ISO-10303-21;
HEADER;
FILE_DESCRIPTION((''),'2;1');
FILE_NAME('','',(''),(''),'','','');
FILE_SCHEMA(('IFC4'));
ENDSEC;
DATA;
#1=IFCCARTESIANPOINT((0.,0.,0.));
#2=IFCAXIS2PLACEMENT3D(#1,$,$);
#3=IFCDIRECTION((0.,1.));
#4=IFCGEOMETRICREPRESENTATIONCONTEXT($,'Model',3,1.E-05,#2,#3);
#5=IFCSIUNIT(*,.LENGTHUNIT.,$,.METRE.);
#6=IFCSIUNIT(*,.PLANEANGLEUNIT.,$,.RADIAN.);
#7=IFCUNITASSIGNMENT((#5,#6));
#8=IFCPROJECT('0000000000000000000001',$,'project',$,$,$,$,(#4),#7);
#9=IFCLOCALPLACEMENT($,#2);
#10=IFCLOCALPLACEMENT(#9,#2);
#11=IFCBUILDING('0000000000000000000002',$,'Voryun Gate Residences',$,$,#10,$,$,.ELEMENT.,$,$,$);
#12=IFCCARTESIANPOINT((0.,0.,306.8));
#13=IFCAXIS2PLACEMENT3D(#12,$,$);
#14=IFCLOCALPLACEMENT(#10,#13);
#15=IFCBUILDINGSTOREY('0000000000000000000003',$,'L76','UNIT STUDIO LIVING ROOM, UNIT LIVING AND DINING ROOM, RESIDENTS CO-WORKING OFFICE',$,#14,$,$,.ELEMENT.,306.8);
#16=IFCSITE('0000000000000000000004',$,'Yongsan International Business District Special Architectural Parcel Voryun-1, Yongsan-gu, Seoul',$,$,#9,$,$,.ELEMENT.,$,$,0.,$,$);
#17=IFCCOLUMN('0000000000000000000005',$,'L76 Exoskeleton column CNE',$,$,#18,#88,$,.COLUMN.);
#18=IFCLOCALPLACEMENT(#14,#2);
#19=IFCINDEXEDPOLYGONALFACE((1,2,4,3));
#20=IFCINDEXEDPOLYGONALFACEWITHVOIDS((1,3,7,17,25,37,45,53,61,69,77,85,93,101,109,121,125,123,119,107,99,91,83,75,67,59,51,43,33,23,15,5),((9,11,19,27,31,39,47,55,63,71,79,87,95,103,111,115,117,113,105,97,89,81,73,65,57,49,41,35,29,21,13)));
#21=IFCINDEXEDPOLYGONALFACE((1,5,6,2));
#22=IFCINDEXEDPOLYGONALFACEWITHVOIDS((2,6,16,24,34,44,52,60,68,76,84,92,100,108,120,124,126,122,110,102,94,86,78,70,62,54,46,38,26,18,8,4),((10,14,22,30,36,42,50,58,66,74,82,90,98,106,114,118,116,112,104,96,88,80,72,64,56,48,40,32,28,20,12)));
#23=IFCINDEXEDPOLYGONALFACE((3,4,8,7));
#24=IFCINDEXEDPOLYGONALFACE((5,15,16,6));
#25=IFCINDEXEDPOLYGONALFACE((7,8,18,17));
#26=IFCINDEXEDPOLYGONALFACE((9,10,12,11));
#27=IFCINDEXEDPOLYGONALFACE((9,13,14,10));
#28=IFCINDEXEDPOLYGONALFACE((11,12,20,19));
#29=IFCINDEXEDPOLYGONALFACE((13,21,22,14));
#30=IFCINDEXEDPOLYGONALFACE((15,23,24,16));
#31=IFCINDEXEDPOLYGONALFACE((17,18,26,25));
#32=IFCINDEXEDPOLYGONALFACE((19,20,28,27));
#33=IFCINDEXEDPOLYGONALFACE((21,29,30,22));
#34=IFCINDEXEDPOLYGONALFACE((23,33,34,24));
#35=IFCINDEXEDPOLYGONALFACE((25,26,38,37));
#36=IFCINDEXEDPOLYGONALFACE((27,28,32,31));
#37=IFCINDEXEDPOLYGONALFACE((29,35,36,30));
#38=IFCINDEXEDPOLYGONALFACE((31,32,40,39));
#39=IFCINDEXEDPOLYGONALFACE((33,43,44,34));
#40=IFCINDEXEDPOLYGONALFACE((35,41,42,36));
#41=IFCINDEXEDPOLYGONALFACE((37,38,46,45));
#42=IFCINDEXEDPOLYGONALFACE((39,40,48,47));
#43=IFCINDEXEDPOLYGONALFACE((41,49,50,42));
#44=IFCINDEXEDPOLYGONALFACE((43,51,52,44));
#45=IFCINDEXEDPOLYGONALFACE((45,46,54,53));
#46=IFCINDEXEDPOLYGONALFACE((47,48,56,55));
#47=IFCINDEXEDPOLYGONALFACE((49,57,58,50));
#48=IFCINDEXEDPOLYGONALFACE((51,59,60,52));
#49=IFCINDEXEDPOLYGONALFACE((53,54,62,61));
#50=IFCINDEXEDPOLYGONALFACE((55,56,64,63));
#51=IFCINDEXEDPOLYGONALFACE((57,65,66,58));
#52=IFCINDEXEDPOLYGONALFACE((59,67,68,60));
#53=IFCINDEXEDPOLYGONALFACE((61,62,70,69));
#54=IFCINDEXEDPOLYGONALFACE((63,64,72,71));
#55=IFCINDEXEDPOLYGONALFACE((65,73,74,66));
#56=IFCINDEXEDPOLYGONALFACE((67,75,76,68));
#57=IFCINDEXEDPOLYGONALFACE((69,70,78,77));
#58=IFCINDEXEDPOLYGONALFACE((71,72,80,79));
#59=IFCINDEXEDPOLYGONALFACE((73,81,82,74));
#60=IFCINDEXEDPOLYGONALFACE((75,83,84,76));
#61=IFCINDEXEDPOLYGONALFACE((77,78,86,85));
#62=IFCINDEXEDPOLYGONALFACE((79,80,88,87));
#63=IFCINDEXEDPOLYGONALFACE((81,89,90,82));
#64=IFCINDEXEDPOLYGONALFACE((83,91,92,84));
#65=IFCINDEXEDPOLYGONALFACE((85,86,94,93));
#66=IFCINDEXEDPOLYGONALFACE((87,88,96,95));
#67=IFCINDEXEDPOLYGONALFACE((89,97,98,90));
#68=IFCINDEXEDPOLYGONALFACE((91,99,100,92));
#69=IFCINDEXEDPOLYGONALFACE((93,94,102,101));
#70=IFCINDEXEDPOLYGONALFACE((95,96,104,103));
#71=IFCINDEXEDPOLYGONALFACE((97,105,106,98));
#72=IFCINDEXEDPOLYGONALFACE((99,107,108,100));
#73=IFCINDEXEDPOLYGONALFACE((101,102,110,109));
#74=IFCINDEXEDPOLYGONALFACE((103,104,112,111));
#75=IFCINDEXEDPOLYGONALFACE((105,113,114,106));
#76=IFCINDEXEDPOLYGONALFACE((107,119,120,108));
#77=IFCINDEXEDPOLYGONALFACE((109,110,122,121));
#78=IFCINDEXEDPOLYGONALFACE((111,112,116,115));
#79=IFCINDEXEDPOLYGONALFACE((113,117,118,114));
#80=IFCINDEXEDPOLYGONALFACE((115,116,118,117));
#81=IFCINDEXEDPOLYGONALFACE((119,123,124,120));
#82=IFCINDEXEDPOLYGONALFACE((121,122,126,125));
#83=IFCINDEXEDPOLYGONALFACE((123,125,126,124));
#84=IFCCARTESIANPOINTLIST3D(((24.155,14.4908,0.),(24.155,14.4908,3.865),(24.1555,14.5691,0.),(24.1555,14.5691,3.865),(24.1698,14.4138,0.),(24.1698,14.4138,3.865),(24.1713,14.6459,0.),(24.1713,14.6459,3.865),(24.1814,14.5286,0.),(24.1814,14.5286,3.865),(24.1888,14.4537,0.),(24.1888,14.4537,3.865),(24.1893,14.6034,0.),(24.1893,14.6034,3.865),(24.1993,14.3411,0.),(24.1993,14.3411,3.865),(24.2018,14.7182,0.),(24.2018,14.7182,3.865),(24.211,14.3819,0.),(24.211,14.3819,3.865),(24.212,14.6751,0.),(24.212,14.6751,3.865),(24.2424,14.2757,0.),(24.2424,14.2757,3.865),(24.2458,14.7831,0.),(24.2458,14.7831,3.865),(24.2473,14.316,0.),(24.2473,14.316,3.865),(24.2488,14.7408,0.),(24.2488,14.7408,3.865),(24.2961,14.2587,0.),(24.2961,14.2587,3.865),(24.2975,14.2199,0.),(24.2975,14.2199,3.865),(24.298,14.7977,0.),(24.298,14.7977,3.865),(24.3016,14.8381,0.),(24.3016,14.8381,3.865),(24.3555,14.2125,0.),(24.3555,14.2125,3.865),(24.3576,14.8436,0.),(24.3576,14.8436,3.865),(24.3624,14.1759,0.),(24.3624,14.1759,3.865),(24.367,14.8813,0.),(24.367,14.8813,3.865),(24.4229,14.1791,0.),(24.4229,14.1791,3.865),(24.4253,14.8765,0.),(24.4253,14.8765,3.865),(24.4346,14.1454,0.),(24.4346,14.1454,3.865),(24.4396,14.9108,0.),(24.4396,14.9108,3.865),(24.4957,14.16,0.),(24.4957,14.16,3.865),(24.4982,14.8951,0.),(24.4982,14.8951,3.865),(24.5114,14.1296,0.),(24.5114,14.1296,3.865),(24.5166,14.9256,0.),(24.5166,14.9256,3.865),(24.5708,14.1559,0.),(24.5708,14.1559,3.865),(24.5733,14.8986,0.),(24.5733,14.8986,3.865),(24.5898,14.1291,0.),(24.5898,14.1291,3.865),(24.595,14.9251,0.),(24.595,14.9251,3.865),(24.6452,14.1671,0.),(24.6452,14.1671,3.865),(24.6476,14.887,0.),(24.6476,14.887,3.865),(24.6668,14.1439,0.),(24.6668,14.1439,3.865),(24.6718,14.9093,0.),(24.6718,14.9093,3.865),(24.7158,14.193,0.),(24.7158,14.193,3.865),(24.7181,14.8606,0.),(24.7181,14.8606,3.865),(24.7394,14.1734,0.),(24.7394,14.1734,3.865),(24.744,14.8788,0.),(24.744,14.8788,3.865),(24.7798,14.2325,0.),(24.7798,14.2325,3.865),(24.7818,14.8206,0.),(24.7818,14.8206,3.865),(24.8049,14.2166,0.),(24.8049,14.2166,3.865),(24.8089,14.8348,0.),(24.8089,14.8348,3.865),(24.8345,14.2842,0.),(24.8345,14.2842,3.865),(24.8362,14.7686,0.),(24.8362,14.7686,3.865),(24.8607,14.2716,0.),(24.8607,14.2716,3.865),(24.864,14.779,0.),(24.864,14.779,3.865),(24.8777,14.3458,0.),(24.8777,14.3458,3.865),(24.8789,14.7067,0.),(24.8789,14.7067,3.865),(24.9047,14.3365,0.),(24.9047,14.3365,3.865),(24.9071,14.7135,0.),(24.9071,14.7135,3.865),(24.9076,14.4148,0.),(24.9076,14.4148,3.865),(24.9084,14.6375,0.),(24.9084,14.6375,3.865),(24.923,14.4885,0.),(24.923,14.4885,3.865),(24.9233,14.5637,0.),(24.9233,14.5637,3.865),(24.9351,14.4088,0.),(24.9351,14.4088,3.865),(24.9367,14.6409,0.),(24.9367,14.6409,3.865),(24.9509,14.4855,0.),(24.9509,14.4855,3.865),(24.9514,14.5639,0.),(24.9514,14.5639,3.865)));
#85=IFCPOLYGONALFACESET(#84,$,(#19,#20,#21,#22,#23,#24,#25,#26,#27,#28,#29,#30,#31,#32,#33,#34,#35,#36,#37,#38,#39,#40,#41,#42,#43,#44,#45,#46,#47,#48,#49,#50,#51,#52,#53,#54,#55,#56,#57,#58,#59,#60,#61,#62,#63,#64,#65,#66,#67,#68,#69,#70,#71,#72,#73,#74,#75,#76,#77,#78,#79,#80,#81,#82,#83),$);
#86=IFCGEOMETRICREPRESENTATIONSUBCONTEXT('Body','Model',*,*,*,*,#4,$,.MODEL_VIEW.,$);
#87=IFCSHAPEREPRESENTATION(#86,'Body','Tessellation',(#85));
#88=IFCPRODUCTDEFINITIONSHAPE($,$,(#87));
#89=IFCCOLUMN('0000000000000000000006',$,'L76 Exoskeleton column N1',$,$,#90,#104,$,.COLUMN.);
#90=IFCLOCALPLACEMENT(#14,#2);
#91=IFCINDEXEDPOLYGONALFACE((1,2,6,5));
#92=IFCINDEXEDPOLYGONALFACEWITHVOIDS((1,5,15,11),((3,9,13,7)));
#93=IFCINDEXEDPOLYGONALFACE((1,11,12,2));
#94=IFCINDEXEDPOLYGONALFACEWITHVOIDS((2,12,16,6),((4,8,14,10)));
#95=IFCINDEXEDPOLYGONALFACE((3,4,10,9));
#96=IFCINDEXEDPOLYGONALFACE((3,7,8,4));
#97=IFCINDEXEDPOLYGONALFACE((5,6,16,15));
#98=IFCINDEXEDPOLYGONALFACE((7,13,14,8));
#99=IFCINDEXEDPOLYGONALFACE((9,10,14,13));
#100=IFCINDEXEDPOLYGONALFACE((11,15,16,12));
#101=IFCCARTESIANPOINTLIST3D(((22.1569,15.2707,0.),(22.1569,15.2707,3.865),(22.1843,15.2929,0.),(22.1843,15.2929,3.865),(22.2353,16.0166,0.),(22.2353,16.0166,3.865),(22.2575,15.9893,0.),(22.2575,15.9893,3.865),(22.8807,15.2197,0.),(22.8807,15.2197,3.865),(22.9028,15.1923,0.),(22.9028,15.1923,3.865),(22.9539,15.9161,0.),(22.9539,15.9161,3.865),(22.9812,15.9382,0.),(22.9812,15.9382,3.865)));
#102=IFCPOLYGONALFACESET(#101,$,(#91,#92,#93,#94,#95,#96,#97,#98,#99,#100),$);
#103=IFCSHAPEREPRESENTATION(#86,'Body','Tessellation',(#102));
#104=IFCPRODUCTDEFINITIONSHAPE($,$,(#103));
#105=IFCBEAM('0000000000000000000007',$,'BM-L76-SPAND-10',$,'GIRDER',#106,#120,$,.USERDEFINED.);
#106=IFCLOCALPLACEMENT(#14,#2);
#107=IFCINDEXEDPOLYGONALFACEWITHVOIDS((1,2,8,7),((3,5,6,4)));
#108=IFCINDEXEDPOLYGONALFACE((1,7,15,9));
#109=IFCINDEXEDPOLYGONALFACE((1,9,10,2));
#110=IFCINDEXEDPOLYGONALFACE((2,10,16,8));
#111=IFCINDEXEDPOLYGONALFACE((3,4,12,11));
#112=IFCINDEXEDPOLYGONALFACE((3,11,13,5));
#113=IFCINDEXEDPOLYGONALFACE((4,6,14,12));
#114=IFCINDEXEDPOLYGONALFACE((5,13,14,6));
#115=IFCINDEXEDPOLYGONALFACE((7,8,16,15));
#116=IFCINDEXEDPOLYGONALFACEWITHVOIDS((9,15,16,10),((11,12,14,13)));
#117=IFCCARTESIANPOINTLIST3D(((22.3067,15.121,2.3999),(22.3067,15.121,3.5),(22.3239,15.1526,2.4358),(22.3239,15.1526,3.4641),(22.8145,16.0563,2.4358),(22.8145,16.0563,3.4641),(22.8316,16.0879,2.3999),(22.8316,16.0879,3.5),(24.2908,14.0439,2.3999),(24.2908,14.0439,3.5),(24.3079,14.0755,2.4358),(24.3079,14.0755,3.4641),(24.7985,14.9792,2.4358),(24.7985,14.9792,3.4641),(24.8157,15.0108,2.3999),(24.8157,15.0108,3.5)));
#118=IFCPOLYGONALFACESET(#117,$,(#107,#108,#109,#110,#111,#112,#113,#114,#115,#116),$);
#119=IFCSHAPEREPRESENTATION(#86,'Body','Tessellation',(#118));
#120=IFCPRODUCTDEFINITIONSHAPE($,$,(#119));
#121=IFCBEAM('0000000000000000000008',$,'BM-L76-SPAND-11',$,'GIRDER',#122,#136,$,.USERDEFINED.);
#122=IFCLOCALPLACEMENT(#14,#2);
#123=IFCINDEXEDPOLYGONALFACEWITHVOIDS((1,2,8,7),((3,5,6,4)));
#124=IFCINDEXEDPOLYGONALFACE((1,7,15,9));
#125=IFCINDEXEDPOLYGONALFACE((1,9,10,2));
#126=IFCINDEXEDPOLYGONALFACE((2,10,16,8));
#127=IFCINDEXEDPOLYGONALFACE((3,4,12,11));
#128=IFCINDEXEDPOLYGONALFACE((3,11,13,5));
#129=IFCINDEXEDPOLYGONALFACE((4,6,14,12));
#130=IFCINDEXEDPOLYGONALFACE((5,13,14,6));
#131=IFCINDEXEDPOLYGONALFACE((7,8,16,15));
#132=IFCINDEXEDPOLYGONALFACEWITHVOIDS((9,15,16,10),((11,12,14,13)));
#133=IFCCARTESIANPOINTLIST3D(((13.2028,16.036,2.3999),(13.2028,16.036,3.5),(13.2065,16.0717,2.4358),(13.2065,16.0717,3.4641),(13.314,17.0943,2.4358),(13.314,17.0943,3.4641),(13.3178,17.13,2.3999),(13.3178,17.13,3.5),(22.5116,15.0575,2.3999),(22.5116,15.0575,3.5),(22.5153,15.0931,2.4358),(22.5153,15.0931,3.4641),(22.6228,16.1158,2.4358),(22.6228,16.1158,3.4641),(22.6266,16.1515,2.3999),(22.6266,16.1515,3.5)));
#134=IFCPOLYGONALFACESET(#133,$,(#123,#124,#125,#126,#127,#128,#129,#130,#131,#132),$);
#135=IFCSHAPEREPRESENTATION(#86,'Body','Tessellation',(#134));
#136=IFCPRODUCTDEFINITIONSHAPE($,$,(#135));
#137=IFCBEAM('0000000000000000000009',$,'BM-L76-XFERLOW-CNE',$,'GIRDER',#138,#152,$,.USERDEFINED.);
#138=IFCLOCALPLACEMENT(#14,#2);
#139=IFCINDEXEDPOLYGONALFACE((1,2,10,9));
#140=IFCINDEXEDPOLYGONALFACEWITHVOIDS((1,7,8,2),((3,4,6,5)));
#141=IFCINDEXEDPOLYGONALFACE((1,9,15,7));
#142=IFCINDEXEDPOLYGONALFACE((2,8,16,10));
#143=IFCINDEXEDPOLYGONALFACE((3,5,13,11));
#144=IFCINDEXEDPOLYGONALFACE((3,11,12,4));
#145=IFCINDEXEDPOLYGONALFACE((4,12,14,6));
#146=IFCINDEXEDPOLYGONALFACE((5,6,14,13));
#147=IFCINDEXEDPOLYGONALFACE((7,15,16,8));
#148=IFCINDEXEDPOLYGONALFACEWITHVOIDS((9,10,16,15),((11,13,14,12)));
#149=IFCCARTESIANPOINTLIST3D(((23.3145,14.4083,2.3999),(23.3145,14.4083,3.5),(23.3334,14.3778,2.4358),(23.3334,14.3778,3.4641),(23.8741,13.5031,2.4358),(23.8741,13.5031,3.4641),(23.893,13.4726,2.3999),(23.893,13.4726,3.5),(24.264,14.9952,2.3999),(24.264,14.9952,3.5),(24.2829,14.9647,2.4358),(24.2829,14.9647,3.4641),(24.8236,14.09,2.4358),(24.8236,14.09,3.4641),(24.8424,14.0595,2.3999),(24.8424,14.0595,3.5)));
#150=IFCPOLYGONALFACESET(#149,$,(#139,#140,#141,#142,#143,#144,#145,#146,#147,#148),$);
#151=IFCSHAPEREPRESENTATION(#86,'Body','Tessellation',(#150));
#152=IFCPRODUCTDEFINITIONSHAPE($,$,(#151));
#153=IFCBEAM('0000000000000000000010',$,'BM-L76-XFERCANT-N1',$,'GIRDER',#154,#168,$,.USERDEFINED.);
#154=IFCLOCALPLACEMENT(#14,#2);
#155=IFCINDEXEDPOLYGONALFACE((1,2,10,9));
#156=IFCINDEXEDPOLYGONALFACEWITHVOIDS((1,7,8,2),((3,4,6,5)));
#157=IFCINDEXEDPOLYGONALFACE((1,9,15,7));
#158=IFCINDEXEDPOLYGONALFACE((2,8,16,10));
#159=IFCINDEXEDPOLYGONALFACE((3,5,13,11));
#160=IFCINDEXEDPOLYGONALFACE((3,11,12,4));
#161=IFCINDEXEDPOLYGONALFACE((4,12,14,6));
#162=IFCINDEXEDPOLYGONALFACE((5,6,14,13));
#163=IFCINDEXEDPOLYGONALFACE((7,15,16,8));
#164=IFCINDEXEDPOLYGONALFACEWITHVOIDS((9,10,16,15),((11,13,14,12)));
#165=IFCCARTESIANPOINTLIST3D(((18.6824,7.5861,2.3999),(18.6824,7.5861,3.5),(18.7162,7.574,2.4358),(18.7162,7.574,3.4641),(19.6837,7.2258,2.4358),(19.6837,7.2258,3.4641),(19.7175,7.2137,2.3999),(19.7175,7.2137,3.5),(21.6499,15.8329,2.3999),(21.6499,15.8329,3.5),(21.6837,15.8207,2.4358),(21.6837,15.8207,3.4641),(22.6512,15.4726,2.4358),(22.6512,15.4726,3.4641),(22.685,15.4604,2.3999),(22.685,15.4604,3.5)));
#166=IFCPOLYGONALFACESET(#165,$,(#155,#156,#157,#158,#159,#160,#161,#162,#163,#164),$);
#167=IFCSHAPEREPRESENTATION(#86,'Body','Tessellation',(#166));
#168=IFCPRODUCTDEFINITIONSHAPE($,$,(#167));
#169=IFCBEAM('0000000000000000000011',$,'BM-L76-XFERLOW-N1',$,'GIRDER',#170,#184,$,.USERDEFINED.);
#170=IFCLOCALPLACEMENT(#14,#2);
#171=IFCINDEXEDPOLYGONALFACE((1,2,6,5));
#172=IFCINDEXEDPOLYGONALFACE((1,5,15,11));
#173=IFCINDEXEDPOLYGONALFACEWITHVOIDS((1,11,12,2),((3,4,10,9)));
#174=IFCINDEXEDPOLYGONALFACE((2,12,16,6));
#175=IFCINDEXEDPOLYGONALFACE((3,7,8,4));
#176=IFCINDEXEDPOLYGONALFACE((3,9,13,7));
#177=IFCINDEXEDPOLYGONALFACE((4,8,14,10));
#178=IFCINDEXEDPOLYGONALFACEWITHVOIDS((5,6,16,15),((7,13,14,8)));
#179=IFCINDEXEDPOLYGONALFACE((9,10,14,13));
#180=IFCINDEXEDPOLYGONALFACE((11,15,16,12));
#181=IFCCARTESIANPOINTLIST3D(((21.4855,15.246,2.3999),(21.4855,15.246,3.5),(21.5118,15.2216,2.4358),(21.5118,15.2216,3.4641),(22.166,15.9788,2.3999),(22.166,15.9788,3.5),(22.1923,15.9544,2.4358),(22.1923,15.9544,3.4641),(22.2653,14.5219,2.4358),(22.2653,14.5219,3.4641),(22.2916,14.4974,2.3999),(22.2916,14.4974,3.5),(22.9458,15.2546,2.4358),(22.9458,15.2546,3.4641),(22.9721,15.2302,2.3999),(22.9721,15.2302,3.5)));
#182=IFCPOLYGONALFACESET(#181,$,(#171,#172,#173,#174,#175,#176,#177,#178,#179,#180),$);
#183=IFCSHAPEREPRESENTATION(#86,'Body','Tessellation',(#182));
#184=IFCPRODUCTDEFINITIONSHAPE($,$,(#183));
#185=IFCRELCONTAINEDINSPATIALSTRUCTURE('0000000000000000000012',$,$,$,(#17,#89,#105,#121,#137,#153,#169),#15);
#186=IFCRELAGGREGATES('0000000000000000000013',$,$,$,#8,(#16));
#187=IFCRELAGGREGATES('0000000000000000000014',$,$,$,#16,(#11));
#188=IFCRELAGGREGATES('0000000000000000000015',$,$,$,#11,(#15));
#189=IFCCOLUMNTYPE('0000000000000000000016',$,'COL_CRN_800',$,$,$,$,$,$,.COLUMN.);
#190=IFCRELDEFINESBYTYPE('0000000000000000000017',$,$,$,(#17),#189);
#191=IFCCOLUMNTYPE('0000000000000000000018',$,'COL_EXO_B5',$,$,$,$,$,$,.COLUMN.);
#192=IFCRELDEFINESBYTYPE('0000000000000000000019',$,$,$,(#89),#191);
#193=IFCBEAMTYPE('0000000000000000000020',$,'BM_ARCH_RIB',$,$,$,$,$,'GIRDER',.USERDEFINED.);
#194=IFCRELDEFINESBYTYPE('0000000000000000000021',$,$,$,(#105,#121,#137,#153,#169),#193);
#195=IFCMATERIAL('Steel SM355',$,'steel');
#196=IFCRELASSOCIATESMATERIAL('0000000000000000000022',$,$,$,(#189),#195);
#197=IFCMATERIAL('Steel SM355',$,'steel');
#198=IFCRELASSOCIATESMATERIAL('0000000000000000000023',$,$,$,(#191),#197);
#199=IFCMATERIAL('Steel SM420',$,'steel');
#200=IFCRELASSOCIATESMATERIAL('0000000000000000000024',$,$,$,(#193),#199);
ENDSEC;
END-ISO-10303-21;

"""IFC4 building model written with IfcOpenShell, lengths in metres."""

from ifc_helpers import new_model, si_unit, direction, frame, origin, origin_2d, place, context, subcontext, project, spatial, hollow_rectangle, hollow_circle, extrude, material, material_profile, profile_set, type_object, element, save


model = new_model("IFC4")

# Units and contexts
model_context = context("Model", 3, precision=1e-05, world=origin(), true_north=direction((0.0, 1.0)))
body_context = subcontext(model_context, "Body", "Model", "MODEL_VIEW")
ifc_project = project(units=[si_unit("LENGTHUNIT", "METRE"), si_unit("PLANEANGLEUNIT", "RADIAN")], contexts=[model_context])

# Site, building, storey
site_placement = place(None, origin())
site = spatial("IfcSite", under=ifc_project, at=site_placement, Name="Yongsan International Business District Special Architectural Parcel Voryun-1, Yongsan-gu, Seoul", CompositionType="ELEMENT", RefElevation=0.0)
building_placement = place(site_placement, origin())
building = spatial("IfcBuilding", under=site, at=building_placement, Name="Voryun Gate Residences", CompositionType="ELEMENT")
storey_placement = place(building_placement, frame((0.0, 0.0, 306.8)))
storey = spatial("IfcBuildingStorey", under=building, at=storey_placement, Name="L76", Description="UNIT STUDIO LIVING ROOM, UNIT LIVING AND DINING ROOM, RESIDENTS CO-WORKING OFFICE", CompositionType="ELEMENT", Elevation=306.8)

# Columns
ifc_material_1 = material(Name="Steel SM355", Category="steel")
ifc_material_profile_1 = material_profile(ifc_material_1, hollow_circle(Radius=0.3999, WallThickness=0.0281, at=origin_2d()), Name="CHS-800x28")
ifc_profile_set_1 = profile_set([ifc_material_profile_1], Name="Steel SM355")
column_type_1 = type_object("IfcColumnType", Name="COL_CRN_800", PredefinedType="COLUMN", material=ifc_profile_set_1)
column_1_placement = place(storey_placement, frame((24.5532, 14.5273, 0.0), z_axis=(0.0, 0.0, 1.0), x_axis=(0.994522, -0.104528, 0.0)))
element("IfcColumn", 1, at=column_1_placement, inside=storey, type_object=column_type_1, Name="L76 Exoskeleton column CNE", PredefinedType="COLUMN", context=body_context, shape_type="SweptSolid", body=[
    extrude(hollow_circle(Radius=0.3999, WallThickness=0.0281, at=origin_2d()), origin(), (0.0, 0.0, 1.0), 3.865),
])
ifc_material_2 = material(Name="Steel SM355", Category="steel")
ifc_material_profile_2 = material_profile(ifc_material_2, hollow_rectangle(XDim=0.75, YDim=0.75, WallThickness=0.0249, at=origin_2d()), Name="BOX-750x750x25")
ifc_profile_set_2 = profile_set([ifc_material_profile_2], Name="Steel SM355")
column_type_2 = type_object("IfcColumnType", Name="COL_EXO_B5", PredefinedType="COLUMN", material=ifc_profile_set_2)
column_2_placement = place(storey_placement, frame((22.5691, 15.6045, 0.0), z_axis=(0.0, 0.0, 1.0), x_axis=(0.994522, -0.104528, 0.0)))
element("IfcColumn", 2, at=column_2_placement, inside=storey, type_object=column_type_2, Name="L76 Exoskeleton column N1", PredefinedType="COLUMN", context=body_context, shape_type="SweptSolid", body=[
    extrude(hollow_rectangle(XDim=0.75, YDim=0.75, WallThickness=0.0249, at=origin_2d()), origin(), (0.0, 0.0, 1.0), 3.865),
])

# Beams
ifc_material_3 = material(Name="Steel SM420", Category="steel")
ifc_material_profile_3 = material_profile(ifc_material_3, hollow_rectangle(XDim=1.1001, YDim=1.1001, WallThickness=0.0359, at=origin_2d()), Name="BOX-1100x1100x36")
ifc_profile_set_3 = profile_set([ifc_material_profile_3], Name="Steel SM420")
beam_type = type_object("IfcBeamType", Name="BM_ARCH_RIB", ElementType="GIRDER", PredefinedType="USERDEFINED", material=ifc_profile_set_3)
beam_1_placement = place(storey_placement, frame((24.5532, 14.5273, 2.95), z_axis=(-0.878844, 0.477109, 0.0), x_axis=(-0.477109, -0.878844, 0.0)))
element("IfcBeam", 3, at=beam_1_placement, inside=storey, type_object=beam_type, Name="BM-L76-SPAND-10", ObjectType="GIRDER", PredefinedType="USERDEFINED", context=body_context, shape_type="SweptSolid", body=[
    extrude(hollow_rectangle(XDim=1.1001, YDim=1.1001, WallThickness=0.0359, at=origin_2d()), origin(), (0.0, 0.0, 1.0), 2.2576),
])
beam_2_placement = place(storey_placement, frame((22.5691, 15.6045, 2.95), z_axis=(-0.994521, 0.104541, 0.0), x_axis=(-0.104541, -0.994521, 0.0)))
element("IfcBeam", 4, at=beam_2_placement, inside=storey, type_object=beam_type, Name="BM-L76-SPAND-11", ObjectType="GIRDER", PredefinedType="USERDEFINED", context=body_context, shape_type="SweptSolid", body=[
    extrude(hollow_rectangle(XDim=1.1001, YDim=1.1001, WallThickness=0.0359, at=origin_2d()), origin(), (0.0, 0.0, 1.0), 9.3601),
])
beam_3_placement = place(storey_placement, frame((24.5532, 14.5273, 2.95), z_axis=(-0.850605, -0.525805, 0.0), x_axis=(0.525805, -0.850605, 0.0)))
element("IfcBeam", 5, at=beam_3_placement, inside=storey, type_object=beam_type, Name="BM-L76-XFERLOW-CNE", ObjectType="GIRDER", PredefinedType="USERDEFINED", context=body_context, shape_type="SweptSolid", body=[
    extrude(hollow_rectangle(XDim=1.1001, YDim=1.1001, WallThickness=0.0359, at=origin_2d()), origin(), (0.0, 0.0, 1.0), 1.1162),
])
beam_4_placement = place(storey_placement, frame((19.2, 7.3999, 2.95), z_axis=(0.338585, 0.940936, 0.0), x_axis=(-0.940936, 0.338585, 0.0)))
element("IfcBeam", 6, at=beam_4_placement, inside=storey, type_object=beam_type, Name="BM-L76-XFERCANT-N1", ObjectType="GIRDER", PredefinedType="USERDEFINED", context=body_context, shape_type="SweptSolid", body=[
    extrude(hollow_rectangle(XDim=1.1001, YDim=1.1001, WallThickness=0.0359, at=origin_2d()), origin(), (0.0, 0.0, 1.0), 8.7644),
])
beam_5_placement = place(storey_placement, frame((22.5691, 15.6045, 2.95), z_axis=(-0.680498, -0.73275, 0.0), x_axis=(0.73275, -0.680498, 0.0)))
element("IfcBeam", 7, at=beam_5_placement, inside=storey, type_object=beam_type, Name="BM-L76-XFERLOW-N1", ObjectType="GIRDER", PredefinedType="USERDEFINED", context=body_context, shape_type="SweptSolid", body=[
    extrude(hollow_rectangle(XDim=1.1001, YDim=1.1001, WallThickness=0.0359, at=origin_2d()), origin(), (0.0, 0.0, 1.0), 1.0),
])

save(model, "model.ifc")
